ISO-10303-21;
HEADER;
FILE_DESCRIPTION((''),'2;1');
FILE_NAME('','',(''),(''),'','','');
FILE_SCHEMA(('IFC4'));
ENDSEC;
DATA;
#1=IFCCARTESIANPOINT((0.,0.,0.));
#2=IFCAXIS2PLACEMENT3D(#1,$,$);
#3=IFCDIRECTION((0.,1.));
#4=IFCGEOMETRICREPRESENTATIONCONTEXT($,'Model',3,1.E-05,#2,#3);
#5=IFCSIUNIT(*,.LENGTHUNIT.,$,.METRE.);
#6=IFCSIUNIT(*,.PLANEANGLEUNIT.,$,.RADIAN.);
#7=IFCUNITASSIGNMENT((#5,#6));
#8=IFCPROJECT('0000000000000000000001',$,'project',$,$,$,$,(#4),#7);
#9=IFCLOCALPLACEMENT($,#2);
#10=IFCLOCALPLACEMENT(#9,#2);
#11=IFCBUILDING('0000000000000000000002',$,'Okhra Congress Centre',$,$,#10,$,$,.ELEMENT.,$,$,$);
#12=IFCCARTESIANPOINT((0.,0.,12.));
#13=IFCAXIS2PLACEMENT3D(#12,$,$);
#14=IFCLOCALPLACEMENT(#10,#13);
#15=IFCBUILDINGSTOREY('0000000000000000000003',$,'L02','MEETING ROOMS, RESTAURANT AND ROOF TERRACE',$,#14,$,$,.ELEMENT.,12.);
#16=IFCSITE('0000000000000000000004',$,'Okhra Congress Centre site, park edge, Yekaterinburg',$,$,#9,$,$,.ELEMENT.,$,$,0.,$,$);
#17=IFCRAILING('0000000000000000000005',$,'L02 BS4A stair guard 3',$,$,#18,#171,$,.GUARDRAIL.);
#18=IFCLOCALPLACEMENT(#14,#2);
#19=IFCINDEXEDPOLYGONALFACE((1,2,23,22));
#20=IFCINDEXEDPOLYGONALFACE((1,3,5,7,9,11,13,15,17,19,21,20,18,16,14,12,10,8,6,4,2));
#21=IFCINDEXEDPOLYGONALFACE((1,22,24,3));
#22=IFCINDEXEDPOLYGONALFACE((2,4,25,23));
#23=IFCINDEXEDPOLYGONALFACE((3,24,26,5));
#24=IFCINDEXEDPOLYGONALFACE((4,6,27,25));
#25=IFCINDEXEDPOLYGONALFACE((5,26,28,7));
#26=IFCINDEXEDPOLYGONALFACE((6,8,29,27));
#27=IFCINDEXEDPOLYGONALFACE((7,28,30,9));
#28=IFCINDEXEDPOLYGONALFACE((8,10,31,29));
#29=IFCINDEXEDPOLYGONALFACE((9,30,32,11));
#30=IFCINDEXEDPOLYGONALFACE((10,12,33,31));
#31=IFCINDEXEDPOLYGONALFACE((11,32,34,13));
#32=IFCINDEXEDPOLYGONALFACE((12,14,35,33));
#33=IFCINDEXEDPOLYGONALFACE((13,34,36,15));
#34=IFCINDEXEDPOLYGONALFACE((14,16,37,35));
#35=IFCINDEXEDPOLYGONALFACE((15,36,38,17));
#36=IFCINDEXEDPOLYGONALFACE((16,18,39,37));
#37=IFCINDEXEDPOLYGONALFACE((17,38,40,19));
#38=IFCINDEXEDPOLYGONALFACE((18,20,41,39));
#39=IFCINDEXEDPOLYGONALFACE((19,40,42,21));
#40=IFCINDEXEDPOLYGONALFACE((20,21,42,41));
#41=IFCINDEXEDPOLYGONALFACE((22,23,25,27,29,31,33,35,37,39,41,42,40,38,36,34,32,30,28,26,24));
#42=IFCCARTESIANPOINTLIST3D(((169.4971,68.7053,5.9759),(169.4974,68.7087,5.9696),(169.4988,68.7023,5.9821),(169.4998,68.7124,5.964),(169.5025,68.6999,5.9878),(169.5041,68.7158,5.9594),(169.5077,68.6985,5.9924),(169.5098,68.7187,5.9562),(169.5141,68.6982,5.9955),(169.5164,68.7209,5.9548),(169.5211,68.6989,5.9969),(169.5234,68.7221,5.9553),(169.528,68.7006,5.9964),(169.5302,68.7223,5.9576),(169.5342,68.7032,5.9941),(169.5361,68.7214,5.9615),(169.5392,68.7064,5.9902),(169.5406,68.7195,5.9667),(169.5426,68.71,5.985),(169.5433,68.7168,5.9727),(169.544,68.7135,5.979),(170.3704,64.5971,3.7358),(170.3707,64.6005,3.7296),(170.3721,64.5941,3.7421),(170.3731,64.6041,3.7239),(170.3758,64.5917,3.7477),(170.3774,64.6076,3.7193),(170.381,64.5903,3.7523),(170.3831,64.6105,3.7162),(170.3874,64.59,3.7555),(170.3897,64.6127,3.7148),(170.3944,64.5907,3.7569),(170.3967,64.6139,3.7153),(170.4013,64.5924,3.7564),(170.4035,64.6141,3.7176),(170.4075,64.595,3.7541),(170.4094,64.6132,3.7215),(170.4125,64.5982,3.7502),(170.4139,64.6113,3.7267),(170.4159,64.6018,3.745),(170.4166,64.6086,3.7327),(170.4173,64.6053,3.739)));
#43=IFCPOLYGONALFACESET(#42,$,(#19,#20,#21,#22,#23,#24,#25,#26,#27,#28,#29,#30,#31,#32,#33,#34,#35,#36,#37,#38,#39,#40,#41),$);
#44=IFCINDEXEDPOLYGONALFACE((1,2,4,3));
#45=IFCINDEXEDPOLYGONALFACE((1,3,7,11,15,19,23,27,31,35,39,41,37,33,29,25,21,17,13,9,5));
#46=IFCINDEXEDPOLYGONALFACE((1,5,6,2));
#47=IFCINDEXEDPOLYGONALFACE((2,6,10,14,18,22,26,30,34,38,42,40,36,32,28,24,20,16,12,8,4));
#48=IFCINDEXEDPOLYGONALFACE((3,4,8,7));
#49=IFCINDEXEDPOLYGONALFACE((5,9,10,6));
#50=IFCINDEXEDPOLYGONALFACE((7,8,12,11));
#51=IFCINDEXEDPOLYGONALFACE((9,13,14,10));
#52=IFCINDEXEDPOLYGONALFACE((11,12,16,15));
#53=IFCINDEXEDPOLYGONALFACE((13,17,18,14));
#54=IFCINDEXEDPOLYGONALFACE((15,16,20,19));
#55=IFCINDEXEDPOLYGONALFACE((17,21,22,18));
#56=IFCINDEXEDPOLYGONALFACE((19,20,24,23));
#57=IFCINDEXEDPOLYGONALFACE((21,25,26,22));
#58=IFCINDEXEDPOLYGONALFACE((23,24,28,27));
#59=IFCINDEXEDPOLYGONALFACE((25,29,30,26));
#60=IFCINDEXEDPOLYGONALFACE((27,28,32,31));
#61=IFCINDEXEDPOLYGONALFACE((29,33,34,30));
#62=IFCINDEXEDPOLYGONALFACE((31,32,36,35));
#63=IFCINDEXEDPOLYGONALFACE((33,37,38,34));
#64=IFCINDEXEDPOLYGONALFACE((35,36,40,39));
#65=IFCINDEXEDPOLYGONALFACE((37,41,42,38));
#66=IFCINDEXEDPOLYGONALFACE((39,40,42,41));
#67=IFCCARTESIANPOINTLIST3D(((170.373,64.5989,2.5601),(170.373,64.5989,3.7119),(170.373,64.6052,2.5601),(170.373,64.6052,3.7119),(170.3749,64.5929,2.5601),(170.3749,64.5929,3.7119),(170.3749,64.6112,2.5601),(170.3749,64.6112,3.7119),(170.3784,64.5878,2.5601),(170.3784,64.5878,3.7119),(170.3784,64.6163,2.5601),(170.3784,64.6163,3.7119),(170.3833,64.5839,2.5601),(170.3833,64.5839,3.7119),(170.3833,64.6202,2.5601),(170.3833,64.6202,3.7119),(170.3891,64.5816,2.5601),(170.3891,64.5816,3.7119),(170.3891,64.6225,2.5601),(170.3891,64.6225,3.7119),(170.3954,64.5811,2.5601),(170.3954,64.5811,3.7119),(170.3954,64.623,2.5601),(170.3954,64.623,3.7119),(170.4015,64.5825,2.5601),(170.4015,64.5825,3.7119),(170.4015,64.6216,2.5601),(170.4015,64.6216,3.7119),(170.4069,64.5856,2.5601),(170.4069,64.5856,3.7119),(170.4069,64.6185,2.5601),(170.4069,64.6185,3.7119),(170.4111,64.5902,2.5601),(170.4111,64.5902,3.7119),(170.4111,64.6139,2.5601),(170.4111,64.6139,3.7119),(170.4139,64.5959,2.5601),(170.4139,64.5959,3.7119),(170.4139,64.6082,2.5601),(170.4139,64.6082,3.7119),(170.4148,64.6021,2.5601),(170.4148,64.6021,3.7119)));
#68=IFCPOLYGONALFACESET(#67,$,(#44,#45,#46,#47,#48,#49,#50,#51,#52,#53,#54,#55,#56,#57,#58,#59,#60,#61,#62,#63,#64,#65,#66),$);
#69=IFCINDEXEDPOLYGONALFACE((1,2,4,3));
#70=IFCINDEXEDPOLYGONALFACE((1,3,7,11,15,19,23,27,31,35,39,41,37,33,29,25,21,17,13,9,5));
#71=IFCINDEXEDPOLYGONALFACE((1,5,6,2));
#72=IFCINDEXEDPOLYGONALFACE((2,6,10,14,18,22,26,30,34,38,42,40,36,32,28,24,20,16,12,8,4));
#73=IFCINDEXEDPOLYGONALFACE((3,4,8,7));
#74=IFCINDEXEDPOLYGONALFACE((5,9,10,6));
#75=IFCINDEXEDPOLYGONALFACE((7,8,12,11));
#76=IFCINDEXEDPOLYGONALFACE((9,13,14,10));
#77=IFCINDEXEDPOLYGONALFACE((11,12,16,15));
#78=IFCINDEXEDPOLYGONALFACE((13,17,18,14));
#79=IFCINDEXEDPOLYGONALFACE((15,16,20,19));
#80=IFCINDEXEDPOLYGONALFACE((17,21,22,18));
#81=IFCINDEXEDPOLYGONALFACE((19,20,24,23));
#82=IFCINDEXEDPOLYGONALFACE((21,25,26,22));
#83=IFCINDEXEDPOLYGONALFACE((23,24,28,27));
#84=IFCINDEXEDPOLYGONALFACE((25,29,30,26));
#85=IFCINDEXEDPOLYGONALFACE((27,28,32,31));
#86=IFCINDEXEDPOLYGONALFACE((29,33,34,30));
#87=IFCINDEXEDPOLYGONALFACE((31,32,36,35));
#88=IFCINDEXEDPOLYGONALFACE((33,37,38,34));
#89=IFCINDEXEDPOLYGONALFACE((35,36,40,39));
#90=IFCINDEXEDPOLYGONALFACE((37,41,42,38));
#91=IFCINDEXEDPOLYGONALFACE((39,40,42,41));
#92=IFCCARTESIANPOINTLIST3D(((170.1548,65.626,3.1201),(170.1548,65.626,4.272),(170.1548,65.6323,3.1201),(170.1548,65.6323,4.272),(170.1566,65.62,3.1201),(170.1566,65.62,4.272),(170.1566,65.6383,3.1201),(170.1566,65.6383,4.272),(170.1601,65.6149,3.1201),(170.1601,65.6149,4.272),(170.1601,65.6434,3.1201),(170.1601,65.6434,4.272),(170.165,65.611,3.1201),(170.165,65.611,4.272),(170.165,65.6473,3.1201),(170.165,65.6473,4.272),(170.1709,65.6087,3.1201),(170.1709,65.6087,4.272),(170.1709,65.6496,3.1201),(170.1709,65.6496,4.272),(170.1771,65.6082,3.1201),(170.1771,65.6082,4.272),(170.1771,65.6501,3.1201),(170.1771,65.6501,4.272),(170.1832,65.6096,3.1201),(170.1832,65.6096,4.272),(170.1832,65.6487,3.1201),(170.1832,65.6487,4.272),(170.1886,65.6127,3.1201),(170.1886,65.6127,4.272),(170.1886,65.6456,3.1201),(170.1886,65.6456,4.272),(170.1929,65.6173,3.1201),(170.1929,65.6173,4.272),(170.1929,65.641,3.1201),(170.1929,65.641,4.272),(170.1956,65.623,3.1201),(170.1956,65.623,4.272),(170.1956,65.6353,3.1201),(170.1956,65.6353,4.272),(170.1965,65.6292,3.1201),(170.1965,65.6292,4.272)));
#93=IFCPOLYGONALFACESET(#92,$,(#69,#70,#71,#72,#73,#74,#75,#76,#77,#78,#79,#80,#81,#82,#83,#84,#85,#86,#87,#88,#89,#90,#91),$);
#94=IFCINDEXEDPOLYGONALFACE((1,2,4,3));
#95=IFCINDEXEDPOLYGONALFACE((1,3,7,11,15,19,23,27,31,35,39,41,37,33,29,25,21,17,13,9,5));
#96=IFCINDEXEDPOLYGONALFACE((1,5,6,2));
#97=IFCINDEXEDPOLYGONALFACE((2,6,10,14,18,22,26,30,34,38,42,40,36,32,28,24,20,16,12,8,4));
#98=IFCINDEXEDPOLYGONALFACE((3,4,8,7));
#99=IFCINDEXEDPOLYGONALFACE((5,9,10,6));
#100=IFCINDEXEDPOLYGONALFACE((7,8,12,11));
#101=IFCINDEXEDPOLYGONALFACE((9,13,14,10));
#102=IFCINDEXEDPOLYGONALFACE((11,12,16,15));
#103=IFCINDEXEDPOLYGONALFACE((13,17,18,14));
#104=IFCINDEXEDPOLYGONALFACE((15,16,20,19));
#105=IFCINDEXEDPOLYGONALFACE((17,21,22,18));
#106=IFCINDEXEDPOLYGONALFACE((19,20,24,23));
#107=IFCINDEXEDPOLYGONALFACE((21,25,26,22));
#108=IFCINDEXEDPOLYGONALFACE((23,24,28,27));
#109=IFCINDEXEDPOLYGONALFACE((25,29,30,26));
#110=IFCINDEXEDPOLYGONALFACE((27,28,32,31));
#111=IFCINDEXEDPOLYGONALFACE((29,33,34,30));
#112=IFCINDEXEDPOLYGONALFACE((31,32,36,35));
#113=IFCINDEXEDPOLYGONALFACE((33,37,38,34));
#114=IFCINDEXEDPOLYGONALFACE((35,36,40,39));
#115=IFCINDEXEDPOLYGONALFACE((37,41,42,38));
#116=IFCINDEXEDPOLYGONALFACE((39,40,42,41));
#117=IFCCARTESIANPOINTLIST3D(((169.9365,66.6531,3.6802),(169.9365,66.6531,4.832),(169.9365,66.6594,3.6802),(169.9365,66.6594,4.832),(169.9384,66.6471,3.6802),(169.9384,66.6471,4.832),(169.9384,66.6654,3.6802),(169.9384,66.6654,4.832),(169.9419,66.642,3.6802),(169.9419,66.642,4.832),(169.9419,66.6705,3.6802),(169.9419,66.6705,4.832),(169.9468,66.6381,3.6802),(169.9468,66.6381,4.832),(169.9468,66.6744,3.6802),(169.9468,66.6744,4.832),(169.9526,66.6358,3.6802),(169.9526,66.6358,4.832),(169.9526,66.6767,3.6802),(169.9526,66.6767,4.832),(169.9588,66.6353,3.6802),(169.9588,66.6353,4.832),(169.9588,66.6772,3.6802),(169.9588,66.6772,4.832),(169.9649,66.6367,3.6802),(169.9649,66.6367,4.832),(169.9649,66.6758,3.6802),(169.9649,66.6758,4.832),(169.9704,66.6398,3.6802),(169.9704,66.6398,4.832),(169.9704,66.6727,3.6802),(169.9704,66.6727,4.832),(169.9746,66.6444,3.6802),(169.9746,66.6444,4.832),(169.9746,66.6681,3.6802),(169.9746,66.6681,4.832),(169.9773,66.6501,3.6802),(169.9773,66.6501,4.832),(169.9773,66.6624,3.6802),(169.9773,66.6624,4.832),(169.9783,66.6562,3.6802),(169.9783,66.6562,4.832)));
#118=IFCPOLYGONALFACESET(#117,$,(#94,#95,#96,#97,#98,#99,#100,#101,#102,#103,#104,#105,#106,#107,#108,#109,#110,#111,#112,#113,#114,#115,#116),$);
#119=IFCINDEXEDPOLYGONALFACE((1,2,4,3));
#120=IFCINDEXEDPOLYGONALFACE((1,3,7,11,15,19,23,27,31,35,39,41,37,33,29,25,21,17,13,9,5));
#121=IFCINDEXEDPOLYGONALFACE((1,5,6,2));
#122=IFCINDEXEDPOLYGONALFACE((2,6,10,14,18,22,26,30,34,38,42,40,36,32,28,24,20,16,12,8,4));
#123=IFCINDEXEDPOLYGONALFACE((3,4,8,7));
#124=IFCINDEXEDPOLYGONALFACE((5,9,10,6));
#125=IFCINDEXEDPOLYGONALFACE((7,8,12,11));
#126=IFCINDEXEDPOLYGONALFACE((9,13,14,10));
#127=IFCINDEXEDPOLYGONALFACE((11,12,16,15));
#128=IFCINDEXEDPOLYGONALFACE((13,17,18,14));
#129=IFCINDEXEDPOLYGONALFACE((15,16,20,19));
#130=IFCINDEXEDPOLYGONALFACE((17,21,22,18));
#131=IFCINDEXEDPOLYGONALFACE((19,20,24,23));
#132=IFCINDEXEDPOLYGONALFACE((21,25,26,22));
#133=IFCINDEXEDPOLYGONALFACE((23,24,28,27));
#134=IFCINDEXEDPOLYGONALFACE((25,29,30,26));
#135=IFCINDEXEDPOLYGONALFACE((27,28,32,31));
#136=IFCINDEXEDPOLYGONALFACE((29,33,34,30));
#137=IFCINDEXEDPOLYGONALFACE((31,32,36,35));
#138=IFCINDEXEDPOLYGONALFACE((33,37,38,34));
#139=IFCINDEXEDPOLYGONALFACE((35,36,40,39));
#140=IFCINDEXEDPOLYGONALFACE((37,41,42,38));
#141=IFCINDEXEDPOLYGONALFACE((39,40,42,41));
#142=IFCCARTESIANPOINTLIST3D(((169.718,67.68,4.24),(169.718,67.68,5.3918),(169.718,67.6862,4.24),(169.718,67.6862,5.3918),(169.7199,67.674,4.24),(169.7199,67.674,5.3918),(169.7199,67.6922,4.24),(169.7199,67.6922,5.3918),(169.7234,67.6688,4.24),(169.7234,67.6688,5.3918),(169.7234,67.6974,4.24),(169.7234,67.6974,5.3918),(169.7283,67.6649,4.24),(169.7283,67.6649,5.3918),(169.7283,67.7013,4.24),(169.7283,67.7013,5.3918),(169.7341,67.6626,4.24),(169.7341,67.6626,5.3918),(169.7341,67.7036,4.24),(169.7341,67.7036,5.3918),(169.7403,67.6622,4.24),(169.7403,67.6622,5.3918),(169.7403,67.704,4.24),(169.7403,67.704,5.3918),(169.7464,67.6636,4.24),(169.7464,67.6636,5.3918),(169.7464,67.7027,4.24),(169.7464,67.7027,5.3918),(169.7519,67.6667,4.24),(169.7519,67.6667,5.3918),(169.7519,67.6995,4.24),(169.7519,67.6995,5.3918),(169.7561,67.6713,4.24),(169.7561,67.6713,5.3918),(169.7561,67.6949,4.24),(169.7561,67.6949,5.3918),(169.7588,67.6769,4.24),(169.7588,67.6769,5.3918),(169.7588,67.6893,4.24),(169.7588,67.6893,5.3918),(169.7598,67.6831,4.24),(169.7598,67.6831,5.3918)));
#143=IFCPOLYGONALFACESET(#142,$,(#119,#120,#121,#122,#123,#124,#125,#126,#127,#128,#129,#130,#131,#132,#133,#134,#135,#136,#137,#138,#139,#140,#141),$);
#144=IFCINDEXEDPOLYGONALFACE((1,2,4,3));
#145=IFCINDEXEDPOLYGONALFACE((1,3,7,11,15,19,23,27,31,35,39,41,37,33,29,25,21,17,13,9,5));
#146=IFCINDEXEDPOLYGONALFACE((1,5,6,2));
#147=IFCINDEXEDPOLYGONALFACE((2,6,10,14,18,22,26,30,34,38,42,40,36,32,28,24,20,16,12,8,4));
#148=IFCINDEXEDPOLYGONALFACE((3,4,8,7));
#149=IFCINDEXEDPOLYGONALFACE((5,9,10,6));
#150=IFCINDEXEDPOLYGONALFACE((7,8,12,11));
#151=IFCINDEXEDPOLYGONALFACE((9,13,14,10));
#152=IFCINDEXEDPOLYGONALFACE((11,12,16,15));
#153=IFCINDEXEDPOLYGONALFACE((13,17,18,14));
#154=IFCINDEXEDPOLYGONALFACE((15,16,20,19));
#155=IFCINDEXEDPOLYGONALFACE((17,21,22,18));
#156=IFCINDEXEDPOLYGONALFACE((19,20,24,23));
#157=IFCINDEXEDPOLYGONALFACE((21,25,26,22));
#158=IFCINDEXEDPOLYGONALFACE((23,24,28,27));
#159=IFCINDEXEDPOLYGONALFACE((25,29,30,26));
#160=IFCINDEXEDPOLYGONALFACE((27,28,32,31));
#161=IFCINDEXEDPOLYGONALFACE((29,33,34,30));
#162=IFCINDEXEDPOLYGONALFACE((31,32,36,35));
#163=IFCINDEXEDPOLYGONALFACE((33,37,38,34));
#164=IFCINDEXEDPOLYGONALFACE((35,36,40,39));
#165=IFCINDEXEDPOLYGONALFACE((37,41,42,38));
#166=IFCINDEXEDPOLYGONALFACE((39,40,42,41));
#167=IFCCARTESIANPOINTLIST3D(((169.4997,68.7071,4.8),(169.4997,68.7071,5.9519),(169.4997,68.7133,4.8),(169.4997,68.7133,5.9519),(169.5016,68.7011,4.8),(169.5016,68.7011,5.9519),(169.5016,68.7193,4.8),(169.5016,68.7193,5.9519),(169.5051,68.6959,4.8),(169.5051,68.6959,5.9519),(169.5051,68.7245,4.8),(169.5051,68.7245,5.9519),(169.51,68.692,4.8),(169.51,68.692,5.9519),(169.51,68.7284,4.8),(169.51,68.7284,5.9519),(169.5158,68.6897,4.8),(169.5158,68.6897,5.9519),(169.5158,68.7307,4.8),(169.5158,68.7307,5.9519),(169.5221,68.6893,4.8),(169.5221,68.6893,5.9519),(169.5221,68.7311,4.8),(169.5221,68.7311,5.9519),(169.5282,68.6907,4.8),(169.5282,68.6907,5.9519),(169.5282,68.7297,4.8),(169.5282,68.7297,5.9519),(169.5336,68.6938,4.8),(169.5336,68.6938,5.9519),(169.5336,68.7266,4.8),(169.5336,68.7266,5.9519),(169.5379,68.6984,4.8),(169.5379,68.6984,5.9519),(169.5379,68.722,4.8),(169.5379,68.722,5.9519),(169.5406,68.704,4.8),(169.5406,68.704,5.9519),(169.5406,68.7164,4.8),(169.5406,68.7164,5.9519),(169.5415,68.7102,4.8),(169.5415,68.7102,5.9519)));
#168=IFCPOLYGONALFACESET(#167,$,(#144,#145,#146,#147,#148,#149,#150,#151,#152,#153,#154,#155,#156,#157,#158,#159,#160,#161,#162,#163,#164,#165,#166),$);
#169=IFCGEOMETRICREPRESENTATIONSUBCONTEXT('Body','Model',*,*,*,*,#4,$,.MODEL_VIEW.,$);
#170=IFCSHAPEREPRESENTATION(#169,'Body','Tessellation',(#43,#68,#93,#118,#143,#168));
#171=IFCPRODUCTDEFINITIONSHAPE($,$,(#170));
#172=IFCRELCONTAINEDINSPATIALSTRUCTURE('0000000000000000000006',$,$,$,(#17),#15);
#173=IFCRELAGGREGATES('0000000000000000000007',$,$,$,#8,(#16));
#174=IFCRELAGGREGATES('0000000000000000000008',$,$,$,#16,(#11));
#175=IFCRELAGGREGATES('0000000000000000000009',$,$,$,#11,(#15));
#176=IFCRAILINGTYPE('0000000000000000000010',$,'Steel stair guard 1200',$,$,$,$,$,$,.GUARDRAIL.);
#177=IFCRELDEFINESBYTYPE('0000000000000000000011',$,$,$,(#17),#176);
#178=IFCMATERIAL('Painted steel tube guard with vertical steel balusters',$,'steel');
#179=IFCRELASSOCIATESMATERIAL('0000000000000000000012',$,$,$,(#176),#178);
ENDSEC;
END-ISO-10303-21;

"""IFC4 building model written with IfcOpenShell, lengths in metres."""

from ifc_helpers import new_model, si_unit, direction, frame, origin, origin_2d, place, context, subcontext, project, spatial, circle, extrude, material, type_object, element, save


model = new_model("IFC4")

# Units and contexts
model_context = context("Model", 3, precision=1e-05, world=origin(), true_north=direction((0.0, 1.0)))
body_context = subcontext(model_context, "Body", "Model", "MODEL_VIEW")
ifc_project = project(units=[si_unit("LENGTHUNIT", "METRE"), si_unit("PLANEANGLEUNIT", "RADIAN")], contexts=[model_context])

# Site, building, storey
site_placement = place(None, origin())
site = spatial("IfcSite", under=ifc_project, at=site_placement, Name="Okhra Congress Centre site, park edge, Yekaterinburg", CompositionType="ELEMENT", RefElevation=0.0)
building_placement = place(site_placement, origin())
building = spatial("IfcBuilding", under=site, at=building_placement, Name="Okhra Congress Centre", CompositionType="ELEMENT")
storey_placement = place(building_placement, frame((0.0, 0.0, 12.0)))
storey = spatial("IfcBuildingStorey", under=building, at=storey_placement, Name="L02", Description="MEETING ROOMS, RESTAURANT AND ROOF TERRACE", CompositionType="ELEMENT", Elevation=12.0)

# Railing
ifc_material_1 = material(Name="Painted steel tube guard with vertical steel balusters", Category="steel")
railing_type_1 = type_object("IfcRailingType", Name="Steel stair guard 1200", PredefinedType="GUARDRAIL", material=ifc_material_1)
railing_1_placement = place(storey_placement, frame((170.3938, 64.6021, 2.5601)))
element("IfcRailing", 1, at=railing_1_placement, inside=storey, type_object=railing_type_1, Name="L02 BS4A stair guard 3", PredefinedType="GUARDRAIL", context=body_context, shape_type="SweptSolid", body=[
    extrude(circle(Radius=0.0239, at=origin_2d()), frame((0.0, 0.0, 1.1758), z_axis=(-0.183466, 0.863067, 0.470591), x_axis=(-0.978144, -0.207929, 0.0)), (0.0, 0.0, 1.0), 4.76),
    extrude(circle(Radius=0.021, at=origin_2d()), origin(), (0.0, 0.0, 1.0), 1.1519),
    extrude(circle(Radius=0.021, at=origin_2d()), frame((-0.2183, 1.0271, 0.5601)), (0.0, 0.0, 1.0), 1.1519),
    extrude(circle(Radius=0.021, at=origin_2d()), frame((-0.4365, 2.0542, 1.1201)), (0.0, 0.0, 1.0), 1.1519),
    extrude(circle(Radius=0.021, at=origin_2d()), frame((-0.655, 3.0811, 1.6799)), (0.0, 0.0, 1.0), 1.1519),
    extrude(circle(Radius=0.021, at=origin_2d()), frame((-0.8733, 4.1082, 2.24)), (0.0, 0.0, 1.0), 1.1519),
])

save(model, "model.ifc")
